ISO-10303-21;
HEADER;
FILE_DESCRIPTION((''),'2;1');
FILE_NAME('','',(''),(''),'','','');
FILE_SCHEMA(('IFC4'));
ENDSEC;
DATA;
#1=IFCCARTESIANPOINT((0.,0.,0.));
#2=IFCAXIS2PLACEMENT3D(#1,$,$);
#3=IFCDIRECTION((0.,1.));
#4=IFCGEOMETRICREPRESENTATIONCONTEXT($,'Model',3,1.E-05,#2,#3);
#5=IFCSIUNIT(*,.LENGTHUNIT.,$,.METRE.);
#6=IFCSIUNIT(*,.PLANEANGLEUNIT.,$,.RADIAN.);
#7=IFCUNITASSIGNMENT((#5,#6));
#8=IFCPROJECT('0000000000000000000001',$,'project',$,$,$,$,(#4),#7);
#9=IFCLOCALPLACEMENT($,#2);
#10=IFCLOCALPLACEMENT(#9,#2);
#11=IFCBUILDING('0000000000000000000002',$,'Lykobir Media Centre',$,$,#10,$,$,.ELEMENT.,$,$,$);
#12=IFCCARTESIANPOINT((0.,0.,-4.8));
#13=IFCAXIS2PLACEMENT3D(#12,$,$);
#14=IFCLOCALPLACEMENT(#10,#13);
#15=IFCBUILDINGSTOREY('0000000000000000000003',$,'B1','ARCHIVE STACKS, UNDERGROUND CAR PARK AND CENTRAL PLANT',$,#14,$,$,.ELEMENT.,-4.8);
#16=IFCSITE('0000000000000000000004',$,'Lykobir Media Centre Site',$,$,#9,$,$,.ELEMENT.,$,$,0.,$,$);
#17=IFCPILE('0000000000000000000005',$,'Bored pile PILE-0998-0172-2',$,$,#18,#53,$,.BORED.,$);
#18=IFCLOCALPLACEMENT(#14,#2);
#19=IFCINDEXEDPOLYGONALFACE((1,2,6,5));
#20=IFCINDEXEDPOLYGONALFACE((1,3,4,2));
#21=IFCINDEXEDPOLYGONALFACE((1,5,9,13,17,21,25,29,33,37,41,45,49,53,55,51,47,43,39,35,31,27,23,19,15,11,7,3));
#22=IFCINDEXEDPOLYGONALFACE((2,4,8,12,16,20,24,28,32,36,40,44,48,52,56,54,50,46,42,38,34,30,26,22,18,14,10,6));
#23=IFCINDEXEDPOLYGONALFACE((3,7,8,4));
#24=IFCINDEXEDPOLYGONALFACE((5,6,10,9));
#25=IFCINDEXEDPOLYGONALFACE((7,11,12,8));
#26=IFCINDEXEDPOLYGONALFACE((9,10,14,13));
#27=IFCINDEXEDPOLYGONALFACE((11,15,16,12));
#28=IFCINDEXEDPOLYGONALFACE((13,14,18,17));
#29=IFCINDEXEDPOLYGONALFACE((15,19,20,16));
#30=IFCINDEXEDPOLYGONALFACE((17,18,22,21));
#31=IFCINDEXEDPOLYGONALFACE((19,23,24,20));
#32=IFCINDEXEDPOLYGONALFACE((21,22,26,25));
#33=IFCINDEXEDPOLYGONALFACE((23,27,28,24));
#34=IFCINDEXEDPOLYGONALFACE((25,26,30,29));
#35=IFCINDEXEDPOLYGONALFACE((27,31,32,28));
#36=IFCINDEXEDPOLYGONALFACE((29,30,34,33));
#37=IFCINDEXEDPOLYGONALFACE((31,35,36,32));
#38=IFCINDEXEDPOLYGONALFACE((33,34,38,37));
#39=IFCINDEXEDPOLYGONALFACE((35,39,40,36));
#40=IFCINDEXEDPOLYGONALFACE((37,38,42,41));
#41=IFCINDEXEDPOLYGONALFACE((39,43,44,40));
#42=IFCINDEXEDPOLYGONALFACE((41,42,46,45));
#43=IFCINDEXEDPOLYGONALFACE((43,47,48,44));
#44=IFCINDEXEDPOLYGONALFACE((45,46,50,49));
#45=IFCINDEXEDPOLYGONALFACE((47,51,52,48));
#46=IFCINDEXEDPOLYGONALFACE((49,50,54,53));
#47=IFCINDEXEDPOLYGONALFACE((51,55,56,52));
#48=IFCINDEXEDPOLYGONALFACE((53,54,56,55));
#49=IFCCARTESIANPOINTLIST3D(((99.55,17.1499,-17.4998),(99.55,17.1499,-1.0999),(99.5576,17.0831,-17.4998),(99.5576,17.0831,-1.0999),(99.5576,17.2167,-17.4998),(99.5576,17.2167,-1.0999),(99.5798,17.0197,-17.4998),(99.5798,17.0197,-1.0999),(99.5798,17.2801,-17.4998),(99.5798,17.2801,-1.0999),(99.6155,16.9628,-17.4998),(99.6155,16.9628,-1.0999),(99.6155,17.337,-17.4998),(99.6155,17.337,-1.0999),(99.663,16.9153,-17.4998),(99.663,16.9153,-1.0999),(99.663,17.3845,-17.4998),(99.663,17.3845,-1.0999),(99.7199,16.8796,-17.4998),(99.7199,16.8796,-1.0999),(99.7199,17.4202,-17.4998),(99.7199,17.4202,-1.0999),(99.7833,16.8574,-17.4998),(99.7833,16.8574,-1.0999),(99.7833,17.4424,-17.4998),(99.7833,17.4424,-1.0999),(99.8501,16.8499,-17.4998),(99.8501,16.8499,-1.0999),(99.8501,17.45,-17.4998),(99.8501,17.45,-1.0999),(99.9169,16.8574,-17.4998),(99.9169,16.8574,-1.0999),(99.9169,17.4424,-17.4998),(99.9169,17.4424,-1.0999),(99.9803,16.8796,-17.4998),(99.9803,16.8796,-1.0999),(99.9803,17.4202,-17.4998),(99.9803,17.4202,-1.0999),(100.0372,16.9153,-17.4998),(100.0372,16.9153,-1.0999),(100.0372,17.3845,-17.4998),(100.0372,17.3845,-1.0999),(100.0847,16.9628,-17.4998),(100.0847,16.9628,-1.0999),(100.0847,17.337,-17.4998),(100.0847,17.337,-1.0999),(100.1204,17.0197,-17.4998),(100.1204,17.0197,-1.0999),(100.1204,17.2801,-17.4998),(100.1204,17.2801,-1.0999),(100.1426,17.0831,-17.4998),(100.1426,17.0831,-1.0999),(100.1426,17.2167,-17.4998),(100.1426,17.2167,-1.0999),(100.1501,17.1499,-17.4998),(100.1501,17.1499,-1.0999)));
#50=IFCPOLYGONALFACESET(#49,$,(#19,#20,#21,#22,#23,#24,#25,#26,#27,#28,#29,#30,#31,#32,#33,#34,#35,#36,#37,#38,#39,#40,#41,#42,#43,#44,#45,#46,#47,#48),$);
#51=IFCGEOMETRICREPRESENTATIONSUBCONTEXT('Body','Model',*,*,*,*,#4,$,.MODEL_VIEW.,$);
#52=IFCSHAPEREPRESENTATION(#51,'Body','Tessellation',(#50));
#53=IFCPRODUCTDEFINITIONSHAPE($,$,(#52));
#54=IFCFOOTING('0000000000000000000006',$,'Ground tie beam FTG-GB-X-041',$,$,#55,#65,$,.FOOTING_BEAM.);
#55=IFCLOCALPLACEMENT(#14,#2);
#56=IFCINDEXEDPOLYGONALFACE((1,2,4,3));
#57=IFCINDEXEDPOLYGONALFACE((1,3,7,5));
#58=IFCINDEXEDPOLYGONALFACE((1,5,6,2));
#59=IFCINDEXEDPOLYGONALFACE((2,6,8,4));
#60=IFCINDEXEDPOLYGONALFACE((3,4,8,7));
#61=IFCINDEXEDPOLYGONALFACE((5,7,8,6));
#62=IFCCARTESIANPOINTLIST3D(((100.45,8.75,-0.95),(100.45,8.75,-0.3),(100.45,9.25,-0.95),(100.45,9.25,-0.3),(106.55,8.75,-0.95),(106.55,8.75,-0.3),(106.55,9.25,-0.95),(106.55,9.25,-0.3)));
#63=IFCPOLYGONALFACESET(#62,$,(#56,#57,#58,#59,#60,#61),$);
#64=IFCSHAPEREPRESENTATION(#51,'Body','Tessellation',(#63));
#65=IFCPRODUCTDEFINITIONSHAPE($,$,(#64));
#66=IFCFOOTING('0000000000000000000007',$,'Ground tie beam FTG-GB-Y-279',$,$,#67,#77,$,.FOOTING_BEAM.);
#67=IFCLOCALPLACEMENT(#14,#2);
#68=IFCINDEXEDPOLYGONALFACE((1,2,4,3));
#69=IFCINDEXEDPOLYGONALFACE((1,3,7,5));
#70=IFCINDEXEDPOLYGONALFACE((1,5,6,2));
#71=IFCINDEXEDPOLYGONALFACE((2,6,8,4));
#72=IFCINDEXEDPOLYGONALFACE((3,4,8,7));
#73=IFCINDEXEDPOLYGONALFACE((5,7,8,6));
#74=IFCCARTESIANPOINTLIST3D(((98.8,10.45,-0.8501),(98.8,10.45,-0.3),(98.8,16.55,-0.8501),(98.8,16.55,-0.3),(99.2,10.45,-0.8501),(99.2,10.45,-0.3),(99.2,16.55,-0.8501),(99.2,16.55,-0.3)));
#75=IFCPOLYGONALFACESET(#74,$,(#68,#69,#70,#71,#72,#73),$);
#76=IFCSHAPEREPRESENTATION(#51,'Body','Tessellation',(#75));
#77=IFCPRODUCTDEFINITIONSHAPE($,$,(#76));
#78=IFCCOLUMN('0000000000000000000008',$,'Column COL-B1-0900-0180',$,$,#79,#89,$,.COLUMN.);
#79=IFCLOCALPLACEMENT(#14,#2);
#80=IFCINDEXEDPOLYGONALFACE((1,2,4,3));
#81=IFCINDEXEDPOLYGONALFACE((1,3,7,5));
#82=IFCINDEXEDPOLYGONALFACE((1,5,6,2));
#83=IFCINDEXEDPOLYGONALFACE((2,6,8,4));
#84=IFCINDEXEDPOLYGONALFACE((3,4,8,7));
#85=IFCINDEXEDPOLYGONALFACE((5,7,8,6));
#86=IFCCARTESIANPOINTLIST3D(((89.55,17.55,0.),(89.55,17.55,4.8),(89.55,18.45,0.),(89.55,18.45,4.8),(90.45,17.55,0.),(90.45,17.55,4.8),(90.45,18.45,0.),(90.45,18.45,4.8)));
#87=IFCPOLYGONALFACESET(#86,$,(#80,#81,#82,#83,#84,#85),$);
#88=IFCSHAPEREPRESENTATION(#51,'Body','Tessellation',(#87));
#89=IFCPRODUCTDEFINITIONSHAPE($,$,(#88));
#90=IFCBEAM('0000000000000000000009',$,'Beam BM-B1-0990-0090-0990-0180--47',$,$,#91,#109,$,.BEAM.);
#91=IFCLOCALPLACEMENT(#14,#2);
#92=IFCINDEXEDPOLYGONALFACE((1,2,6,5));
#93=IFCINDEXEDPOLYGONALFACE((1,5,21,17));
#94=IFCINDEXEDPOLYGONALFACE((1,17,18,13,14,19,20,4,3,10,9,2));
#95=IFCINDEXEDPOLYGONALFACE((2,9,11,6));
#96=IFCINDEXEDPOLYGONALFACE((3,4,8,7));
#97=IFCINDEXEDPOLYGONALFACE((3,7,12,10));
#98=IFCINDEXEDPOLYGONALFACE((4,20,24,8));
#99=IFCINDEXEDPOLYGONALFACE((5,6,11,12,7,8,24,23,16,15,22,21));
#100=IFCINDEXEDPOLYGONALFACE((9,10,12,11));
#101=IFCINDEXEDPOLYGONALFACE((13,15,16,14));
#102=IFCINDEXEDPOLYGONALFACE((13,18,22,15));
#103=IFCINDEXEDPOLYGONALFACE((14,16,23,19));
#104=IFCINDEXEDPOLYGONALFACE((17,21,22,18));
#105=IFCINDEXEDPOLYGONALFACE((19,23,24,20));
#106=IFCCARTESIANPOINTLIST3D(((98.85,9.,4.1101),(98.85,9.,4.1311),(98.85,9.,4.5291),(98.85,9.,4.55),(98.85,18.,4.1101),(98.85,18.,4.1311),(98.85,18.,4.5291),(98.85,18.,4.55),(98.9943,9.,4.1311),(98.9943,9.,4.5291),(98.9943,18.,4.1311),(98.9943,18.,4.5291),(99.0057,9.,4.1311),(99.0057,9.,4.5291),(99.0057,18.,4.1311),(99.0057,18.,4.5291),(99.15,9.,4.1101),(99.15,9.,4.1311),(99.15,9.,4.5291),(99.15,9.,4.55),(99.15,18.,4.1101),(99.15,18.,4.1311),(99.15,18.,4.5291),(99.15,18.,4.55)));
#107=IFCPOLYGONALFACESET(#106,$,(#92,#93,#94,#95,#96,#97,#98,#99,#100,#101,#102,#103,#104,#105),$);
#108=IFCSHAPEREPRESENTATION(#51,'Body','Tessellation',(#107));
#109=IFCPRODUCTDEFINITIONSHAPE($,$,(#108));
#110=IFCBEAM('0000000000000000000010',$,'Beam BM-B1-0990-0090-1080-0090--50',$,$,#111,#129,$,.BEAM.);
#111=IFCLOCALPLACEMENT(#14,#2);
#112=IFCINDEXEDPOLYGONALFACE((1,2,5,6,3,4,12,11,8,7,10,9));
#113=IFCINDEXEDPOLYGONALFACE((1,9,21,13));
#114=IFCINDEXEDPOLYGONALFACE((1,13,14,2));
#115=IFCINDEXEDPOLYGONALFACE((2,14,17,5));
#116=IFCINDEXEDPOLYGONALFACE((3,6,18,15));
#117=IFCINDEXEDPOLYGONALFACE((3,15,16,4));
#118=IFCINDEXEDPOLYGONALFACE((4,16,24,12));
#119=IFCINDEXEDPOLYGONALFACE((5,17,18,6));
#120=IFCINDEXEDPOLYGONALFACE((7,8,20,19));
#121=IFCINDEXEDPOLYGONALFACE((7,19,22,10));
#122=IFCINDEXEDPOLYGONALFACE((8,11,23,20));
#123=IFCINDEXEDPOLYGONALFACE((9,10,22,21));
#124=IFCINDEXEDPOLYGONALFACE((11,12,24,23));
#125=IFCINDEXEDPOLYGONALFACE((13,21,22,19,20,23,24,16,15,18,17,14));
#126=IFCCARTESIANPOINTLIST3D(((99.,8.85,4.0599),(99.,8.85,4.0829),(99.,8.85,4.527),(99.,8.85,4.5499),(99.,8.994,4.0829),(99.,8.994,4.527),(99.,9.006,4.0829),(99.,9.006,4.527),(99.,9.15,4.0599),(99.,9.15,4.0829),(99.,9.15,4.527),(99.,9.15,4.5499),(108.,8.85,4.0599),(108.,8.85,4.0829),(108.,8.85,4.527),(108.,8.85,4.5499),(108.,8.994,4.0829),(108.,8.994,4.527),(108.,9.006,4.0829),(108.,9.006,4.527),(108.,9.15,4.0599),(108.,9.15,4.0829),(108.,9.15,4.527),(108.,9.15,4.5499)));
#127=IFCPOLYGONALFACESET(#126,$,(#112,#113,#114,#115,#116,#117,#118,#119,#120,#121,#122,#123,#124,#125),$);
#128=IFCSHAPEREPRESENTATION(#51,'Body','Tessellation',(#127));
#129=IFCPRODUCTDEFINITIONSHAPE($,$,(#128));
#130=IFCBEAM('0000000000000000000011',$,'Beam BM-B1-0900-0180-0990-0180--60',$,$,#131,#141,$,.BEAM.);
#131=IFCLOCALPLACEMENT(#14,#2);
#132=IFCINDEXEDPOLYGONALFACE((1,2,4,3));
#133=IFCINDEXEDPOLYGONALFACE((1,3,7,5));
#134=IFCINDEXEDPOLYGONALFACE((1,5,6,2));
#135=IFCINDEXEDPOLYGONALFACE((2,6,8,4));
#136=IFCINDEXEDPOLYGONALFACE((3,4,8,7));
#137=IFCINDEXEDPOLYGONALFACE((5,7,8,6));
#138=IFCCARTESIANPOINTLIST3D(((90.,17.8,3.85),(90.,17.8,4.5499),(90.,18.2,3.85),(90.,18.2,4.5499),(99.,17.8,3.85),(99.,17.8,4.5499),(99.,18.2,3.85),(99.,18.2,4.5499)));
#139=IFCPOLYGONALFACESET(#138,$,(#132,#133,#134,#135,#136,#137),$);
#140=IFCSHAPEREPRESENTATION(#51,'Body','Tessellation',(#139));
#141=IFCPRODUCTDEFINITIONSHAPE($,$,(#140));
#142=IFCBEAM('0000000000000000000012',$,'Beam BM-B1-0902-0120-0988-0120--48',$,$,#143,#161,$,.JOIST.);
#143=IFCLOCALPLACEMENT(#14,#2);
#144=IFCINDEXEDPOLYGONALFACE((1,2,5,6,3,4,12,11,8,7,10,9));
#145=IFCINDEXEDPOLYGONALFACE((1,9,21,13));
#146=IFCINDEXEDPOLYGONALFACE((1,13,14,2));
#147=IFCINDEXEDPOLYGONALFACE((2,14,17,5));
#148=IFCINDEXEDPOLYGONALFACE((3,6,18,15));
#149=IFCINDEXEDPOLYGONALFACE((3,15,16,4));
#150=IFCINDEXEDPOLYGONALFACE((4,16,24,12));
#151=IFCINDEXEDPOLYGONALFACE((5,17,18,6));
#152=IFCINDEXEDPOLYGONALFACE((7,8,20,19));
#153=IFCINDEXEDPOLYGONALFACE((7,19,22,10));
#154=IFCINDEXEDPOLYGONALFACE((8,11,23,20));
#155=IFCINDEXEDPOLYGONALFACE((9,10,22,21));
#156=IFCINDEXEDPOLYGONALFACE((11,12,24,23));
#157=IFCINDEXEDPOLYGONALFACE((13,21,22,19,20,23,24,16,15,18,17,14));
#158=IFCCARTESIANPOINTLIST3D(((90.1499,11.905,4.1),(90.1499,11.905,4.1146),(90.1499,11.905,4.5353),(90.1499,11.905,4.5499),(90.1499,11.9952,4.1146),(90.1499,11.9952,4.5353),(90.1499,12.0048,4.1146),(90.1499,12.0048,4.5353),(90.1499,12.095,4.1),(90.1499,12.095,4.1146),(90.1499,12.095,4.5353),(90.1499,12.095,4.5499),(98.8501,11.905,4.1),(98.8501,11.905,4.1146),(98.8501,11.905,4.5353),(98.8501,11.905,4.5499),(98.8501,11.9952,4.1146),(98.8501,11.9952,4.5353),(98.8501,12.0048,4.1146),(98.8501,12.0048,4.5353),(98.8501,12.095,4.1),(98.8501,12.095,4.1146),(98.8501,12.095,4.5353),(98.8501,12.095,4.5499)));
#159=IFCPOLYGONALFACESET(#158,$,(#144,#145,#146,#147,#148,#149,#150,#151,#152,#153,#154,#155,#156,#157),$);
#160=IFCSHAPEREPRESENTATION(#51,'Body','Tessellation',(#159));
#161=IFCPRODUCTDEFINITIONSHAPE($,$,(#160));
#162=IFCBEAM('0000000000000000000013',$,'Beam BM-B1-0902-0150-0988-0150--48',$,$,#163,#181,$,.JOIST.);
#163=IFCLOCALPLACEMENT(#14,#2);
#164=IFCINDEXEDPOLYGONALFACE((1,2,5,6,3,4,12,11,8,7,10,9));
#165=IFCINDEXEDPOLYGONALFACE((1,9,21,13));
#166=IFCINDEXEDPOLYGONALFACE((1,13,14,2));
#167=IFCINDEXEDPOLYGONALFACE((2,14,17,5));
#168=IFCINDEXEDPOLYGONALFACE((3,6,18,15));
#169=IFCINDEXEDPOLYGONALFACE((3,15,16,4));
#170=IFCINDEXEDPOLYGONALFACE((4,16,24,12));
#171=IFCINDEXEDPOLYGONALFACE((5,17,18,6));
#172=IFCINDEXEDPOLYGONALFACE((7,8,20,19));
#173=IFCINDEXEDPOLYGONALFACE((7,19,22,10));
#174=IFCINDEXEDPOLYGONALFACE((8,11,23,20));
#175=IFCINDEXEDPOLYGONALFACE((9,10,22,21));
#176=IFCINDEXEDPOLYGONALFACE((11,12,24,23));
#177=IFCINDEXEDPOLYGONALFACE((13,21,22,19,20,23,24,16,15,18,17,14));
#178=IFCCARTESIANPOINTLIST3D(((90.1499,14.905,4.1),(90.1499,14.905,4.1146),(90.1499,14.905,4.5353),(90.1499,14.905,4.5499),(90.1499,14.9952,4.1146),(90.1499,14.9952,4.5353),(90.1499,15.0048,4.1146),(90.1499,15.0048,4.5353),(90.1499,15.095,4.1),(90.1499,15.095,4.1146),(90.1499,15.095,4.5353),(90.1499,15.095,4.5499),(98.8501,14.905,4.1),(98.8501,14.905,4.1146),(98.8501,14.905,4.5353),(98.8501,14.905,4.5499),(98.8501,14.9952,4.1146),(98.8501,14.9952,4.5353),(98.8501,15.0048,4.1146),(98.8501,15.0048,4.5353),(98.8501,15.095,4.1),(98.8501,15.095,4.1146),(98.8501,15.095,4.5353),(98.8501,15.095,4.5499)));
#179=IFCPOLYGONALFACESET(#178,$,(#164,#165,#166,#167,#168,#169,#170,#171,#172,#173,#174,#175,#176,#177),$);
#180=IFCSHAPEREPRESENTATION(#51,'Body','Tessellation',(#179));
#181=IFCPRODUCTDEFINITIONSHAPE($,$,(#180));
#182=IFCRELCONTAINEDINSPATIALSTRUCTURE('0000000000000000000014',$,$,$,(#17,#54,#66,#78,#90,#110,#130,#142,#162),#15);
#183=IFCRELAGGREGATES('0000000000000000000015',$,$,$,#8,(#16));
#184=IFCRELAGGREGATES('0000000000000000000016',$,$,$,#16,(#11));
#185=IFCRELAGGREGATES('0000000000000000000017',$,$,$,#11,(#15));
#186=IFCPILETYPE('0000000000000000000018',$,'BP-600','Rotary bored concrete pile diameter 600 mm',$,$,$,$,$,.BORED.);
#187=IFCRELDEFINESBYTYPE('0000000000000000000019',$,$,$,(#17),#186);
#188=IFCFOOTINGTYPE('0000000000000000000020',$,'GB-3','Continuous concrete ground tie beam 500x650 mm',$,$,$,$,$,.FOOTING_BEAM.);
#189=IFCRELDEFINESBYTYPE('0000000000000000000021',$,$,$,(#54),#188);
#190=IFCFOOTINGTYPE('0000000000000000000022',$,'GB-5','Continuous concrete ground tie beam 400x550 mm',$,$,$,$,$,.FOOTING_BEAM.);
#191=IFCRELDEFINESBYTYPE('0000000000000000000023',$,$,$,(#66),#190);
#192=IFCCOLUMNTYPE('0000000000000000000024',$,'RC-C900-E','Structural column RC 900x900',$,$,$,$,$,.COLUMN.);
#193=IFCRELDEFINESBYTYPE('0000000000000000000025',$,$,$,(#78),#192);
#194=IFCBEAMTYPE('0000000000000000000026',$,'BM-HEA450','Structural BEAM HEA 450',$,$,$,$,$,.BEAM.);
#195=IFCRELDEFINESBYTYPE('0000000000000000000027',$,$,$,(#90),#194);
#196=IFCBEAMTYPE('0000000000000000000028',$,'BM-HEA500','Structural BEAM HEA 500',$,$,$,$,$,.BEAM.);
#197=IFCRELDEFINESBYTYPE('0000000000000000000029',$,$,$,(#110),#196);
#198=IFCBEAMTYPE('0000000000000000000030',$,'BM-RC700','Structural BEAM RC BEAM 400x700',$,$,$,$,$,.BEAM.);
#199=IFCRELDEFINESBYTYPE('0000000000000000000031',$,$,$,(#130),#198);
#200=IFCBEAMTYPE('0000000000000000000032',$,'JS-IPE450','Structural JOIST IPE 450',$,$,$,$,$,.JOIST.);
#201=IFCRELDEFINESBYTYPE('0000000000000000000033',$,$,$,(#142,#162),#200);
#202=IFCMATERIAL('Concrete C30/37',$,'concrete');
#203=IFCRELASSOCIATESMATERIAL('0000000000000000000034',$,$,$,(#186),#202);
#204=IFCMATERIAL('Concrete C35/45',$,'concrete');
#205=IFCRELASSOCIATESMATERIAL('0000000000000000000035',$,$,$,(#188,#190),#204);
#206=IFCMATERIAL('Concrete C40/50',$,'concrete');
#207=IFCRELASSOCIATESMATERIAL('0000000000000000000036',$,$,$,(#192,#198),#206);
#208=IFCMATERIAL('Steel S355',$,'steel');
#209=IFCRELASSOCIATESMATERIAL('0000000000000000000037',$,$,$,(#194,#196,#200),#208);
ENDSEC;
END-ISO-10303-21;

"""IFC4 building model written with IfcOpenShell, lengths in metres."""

from ifc_helpers import new_model, si_unit, direction, frame, origin, origin_2d, place, context, subcontext, project, spatial, rectangle, circle, i_section, extrude, material, material_profile, profile_set, type_object, element, save


model = new_model("IFC4")

# Units and contexts
model_context = context("Model", 3, precision=1e-05, world=origin(), true_north=direction((0.0, 1.0)))
body_context = subcontext(model_context, "Body", "Model", "MODEL_VIEW")
ifc_project = project(units=[si_unit("LENGTHUNIT", "METRE"), si_unit("PLANEANGLEUNIT", "RADIAN")], contexts=[model_context])

# Site, building, storey
site_placement = place(None, origin())
site = spatial("IfcSite", under=ifc_project, at=site_placement, Name="Lykobir Media Centre Site", CompositionType="ELEMENT", RefElevation=0.0)
building_placement = place(site_placement, origin())
building = spatial("IfcBuilding", under=site, at=building_placement, Name="Lykobir Media Centre", CompositionType="ELEMENT")
storey_placement = place(building_placement, frame((0.0, 0.0, -4.8)))
storey = spatial("IfcBuildingStorey", under=building, at=storey_placement, Name="B1", Description="ARCHIVE STACKS, UNDERGROUND CAR PARK AND CENTRAL PLANT", CompositionType="ELEMENT", Elevation=-4.8)

# Pile
ifc_material_1 = material(Name="Concrete C30/37", Category="concrete")
ifc_material_profile_1 = material_profile(ifc_material_1, circle(Radius=0.3, at=origin_2d()), Name="BORED PILE D600")
ifc_profile_set_1 = profile_set([ifc_material_profile_1], Name="Concrete C30/37")
pile_type = type_object("IfcPileType", Name="BP-600", Description="Rotary bored concrete pile diameter 600 mm", PredefinedType="BORED", material=ifc_profile_set_1)
for number, where, z_axis, x_axis, name in (
    (1, (99.8501, 17.1499, -1.0999), (0.0, 0.0, -1.0), (1.0, 0.0, 0.0), "Bored pile PILE-0998-0172-2"),
):
    element("IfcPile", number, at=place(storey_placement, frame(where, z_axis=z_axis, x_axis=x_axis)), inside=storey, type_object=pile_type, Name=name, PredefinedType="BORED", context=body_context, shape_type="SweptSolid", body=[
        extrude(circle(Radius=0.3, at=origin_2d()), origin(), (0.0, 0.0, 1.0), 16.3999),
    ])

# Footings
ifc_material_2 = material(Name="Concrete C35/45", Category="concrete")
footing_type_1 = type_object("IfcFootingType", Name="GB-3", Description="Continuous concrete ground tie beam 500x650 mm", PredefinedType="FOOTING_BEAM", material=ifc_material_2)
footing_1_placement = place(storey_placement, frame((103.5, 9.0, -0.95), z_axis=(0.0, 0.0, 1.0), x_axis=(1.0, 0.0, 0.0)))
element("IfcFooting", 2, at=footing_1_placement, inside=storey, type_object=footing_type_1, Name="Ground tie beam FTG-GB-X-041", PredefinedType="FOOTING_BEAM", context=body_context, shape_type="SweptSolid", body=[
    extrude(rectangle(XDim=6.1001, YDim=0.5, at=origin_2d()), origin(), (0.0, 0.0, 1.0), 0.6499),
])
footing_type_2 = type_object("IfcFootingType", Name="GB-5", Description="Continuous concrete ground tie beam 400x550 mm", PredefinedType="FOOTING_BEAM", material=ifc_material_2)
footing_2_placement = place(storey_placement, frame((99.0, 13.5, -0.8501), z_axis=(0.0, 0.0, 1.0), x_axis=(0.0, 1.0, 0.0)))
element("IfcFooting", 3, at=footing_2_placement, inside=storey, type_object=footing_type_2, Name="Ground tie beam FTG-GB-Y-279", PredefinedType="FOOTING_BEAM", context=body_context, shape_type="SweptSolid", body=[
    extrude(rectangle(XDim=6.1001, YDim=0.3999, at=origin_2d()), origin(), (0.0, 0.0, 1.0), 0.55),
])

# Column
ifc_material_3 = material(Name="Concrete C40/50", Category="concrete")
ifc_material_profile_2 = material_profile(ifc_material_3, rectangle(XDim=0.8999, YDim=0.8999, at=origin_2d()), Name="RC 900x900")
ifc_profile_set_2 = profile_set([ifc_material_profile_2], Name="Concrete C40/50")
column_type = type_object("IfcColumnType", Name="RC-C900-E", Description="Structural column RC 900x900", PredefinedType="COLUMN", material=ifc_profile_set_2)
column_placement = place(storey_placement, frame((90.0, 18.0, 0.0), z_axis=(0.0, 0.0, 1.0), x_axis=(1.0, 0.0, 0.0)))
element("IfcColumn", 4, at=column_placement, inside=storey, type_object=column_type, Name="Column COL-B1-0900-0180", PredefinedType="COLUMN", context=body_context, shape_type="SweptSolid", body=[
    extrude(rectangle(XDim=0.8999, YDim=0.8999, at=origin_2d()), origin(), (0.0, 0.0, 1.0), 4.8),
])

# Beams
ifc_material_4 = material(Name="Steel S355", Category="steel")
ifc_material_profile_3 = material_profile(ifc_material_4, i_section(OverallWidth=0.3, OverallDepth=0.4399, WebThickness=0.0115, FlangeThickness=0.021, at=origin_2d()), Name="HEA 450")
ifc_profile_set_3 = profile_set([ifc_material_profile_3], Name="Steel S355")
beam_type_1 = type_object("IfcBeamType", Name="BM-HEA450", Description="Structural BEAM HEA 450", PredefinedType="BEAM", material=ifc_profile_set_3)
beam_1_placement = place(storey_placement, frame((99.0, 9.0, 4.3301), z_axis=(0.0, 1.0, 0.0), x_axis=(-1.0, 0.0, 0.0)))
element("IfcBeam", 5, at=beam_1_placement, inside=storey, type_object=beam_type_1, Name="Beam BM-B1-0990-0090-0990-0180--47", PredefinedType="BEAM", context=body_context, shape_type="SweptSolid", body=[
    extrude(i_section(OverallWidth=0.3, OverallDepth=0.4399, WebThickness=0.0115, FlangeThickness=0.021, at=origin_2d()), origin(), (0.0, 0.0, 1.0), 9.0),
])
ifc_material_profile_4 = material_profile(ifc_material_4, i_section(OverallWidth=0.3, OverallDepth=0.49, WebThickness=0.012, FlangeThickness=0.0229, at=origin_2d()), Name="HEA 500")
ifc_profile_set_4 = profile_set([ifc_material_profile_4], Name="Steel S355")
beam_type_2 = type_object("IfcBeamType", Name="BM-HEA500", Description="Structural BEAM HEA 500", PredefinedType="BEAM", material=ifc_profile_set_4)
beam_2_placement = place(storey_placement, frame((99.0, 9.0, 4.3049), z_axis=(1.0, 0.0, 0.0), x_axis=(0.0, 1.0, 0.0)))
element("IfcBeam", 6, at=beam_2_placement, inside=storey, type_object=beam_type_2, Name="Beam BM-B1-0990-0090-1080-0090--50", PredefinedType="BEAM", context=body_context, shape_type="SweptSolid", body=[
    extrude(i_section(OverallWidth=0.3, OverallDepth=0.49, WebThickness=0.012, FlangeThickness=0.0229, at=origin_2d()), origin(), (0.0, 0.0, 1.0), 9.0),
])
ifc_material_profile_5 = material_profile(ifc_material_3, rectangle(XDim=0.3999, YDim=0.7, at=origin_2d()), Name="RC BEAM 400x700")
ifc_profile_set_5 = profile_set([ifc_material_profile_5], Name="Concrete C40/50")
beam_type_3 = type_object("IfcBeamType", Name="BM-RC700", Description="Structural BEAM RC BEAM 400x700", PredefinedType="BEAM", material=ifc_profile_set_5)
beam_3_placement = place(storey_placement, frame((90.0, 18.0, 4.2), z_axis=(1.0, 0.0, 0.0), x_axis=(0.0, 1.0, 0.0)))
element("IfcBeam", 7, at=beam_3_placement, inside=storey, type_object=beam_type_3, Name="Beam BM-B1-0900-0180-0990-0180--60", PredefinedType="BEAM", context=body_context, shape_type="SweptSolid", body=[
    extrude(rectangle(XDim=0.3999, YDim=0.7, at=origin_2d()), origin(), (0.0, 0.0, 1.0), 9.0),
])
ifc_material_profile_6 = material_profile(ifc_material_4, i_section(OverallWidth=0.1899, OverallDepth=0.45, WebThickness=0.0095, FlangeThickness=0.0146, at=origin_2d()), Name="IPE 450")
ifc_profile_set_6 = profile_set([ifc_material_profile_6], Name="Steel S355")
beam_type_4 = type_object("IfcBeamType", Name="JS-IPE450", Description="Structural JOIST IPE 450", PredefinedType="JOIST", material=ifc_profile_set_6)
for number, where, z_axis, x_axis, name in (
    (8, (90.1499, 12.0, 4.325), (1.0, 0.0, 0.0), (0.0, 1.0, 0.0), "Beam BM-B1-0902-0120-0988-0120--48"),
    (9, (90.1499, 15.0, 4.325), (1.0, 0.0, 0.0), (0.0, 1.0, 0.0), "Beam BM-B1-0902-0150-0988-0150--48"),
):
    element("IfcBeam", number, at=place(storey_placement, frame(where, z_axis=z_axis, x_axis=x_axis)), inside=storey, type_object=beam_type_4, Name=name, PredefinedType="JOIST", context=body_context, shape_type="SweptSolid", body=[
        extrude(i_section(OverallWidth=0.1899, OverallDepth=0.45, WebThickness=0.0095, FlangeThickness=0.0146, at=origin_2d()), origin(), (0.0, 0.0, 1.0), 8.7002),
    ])

save(model, "model.ifc")
